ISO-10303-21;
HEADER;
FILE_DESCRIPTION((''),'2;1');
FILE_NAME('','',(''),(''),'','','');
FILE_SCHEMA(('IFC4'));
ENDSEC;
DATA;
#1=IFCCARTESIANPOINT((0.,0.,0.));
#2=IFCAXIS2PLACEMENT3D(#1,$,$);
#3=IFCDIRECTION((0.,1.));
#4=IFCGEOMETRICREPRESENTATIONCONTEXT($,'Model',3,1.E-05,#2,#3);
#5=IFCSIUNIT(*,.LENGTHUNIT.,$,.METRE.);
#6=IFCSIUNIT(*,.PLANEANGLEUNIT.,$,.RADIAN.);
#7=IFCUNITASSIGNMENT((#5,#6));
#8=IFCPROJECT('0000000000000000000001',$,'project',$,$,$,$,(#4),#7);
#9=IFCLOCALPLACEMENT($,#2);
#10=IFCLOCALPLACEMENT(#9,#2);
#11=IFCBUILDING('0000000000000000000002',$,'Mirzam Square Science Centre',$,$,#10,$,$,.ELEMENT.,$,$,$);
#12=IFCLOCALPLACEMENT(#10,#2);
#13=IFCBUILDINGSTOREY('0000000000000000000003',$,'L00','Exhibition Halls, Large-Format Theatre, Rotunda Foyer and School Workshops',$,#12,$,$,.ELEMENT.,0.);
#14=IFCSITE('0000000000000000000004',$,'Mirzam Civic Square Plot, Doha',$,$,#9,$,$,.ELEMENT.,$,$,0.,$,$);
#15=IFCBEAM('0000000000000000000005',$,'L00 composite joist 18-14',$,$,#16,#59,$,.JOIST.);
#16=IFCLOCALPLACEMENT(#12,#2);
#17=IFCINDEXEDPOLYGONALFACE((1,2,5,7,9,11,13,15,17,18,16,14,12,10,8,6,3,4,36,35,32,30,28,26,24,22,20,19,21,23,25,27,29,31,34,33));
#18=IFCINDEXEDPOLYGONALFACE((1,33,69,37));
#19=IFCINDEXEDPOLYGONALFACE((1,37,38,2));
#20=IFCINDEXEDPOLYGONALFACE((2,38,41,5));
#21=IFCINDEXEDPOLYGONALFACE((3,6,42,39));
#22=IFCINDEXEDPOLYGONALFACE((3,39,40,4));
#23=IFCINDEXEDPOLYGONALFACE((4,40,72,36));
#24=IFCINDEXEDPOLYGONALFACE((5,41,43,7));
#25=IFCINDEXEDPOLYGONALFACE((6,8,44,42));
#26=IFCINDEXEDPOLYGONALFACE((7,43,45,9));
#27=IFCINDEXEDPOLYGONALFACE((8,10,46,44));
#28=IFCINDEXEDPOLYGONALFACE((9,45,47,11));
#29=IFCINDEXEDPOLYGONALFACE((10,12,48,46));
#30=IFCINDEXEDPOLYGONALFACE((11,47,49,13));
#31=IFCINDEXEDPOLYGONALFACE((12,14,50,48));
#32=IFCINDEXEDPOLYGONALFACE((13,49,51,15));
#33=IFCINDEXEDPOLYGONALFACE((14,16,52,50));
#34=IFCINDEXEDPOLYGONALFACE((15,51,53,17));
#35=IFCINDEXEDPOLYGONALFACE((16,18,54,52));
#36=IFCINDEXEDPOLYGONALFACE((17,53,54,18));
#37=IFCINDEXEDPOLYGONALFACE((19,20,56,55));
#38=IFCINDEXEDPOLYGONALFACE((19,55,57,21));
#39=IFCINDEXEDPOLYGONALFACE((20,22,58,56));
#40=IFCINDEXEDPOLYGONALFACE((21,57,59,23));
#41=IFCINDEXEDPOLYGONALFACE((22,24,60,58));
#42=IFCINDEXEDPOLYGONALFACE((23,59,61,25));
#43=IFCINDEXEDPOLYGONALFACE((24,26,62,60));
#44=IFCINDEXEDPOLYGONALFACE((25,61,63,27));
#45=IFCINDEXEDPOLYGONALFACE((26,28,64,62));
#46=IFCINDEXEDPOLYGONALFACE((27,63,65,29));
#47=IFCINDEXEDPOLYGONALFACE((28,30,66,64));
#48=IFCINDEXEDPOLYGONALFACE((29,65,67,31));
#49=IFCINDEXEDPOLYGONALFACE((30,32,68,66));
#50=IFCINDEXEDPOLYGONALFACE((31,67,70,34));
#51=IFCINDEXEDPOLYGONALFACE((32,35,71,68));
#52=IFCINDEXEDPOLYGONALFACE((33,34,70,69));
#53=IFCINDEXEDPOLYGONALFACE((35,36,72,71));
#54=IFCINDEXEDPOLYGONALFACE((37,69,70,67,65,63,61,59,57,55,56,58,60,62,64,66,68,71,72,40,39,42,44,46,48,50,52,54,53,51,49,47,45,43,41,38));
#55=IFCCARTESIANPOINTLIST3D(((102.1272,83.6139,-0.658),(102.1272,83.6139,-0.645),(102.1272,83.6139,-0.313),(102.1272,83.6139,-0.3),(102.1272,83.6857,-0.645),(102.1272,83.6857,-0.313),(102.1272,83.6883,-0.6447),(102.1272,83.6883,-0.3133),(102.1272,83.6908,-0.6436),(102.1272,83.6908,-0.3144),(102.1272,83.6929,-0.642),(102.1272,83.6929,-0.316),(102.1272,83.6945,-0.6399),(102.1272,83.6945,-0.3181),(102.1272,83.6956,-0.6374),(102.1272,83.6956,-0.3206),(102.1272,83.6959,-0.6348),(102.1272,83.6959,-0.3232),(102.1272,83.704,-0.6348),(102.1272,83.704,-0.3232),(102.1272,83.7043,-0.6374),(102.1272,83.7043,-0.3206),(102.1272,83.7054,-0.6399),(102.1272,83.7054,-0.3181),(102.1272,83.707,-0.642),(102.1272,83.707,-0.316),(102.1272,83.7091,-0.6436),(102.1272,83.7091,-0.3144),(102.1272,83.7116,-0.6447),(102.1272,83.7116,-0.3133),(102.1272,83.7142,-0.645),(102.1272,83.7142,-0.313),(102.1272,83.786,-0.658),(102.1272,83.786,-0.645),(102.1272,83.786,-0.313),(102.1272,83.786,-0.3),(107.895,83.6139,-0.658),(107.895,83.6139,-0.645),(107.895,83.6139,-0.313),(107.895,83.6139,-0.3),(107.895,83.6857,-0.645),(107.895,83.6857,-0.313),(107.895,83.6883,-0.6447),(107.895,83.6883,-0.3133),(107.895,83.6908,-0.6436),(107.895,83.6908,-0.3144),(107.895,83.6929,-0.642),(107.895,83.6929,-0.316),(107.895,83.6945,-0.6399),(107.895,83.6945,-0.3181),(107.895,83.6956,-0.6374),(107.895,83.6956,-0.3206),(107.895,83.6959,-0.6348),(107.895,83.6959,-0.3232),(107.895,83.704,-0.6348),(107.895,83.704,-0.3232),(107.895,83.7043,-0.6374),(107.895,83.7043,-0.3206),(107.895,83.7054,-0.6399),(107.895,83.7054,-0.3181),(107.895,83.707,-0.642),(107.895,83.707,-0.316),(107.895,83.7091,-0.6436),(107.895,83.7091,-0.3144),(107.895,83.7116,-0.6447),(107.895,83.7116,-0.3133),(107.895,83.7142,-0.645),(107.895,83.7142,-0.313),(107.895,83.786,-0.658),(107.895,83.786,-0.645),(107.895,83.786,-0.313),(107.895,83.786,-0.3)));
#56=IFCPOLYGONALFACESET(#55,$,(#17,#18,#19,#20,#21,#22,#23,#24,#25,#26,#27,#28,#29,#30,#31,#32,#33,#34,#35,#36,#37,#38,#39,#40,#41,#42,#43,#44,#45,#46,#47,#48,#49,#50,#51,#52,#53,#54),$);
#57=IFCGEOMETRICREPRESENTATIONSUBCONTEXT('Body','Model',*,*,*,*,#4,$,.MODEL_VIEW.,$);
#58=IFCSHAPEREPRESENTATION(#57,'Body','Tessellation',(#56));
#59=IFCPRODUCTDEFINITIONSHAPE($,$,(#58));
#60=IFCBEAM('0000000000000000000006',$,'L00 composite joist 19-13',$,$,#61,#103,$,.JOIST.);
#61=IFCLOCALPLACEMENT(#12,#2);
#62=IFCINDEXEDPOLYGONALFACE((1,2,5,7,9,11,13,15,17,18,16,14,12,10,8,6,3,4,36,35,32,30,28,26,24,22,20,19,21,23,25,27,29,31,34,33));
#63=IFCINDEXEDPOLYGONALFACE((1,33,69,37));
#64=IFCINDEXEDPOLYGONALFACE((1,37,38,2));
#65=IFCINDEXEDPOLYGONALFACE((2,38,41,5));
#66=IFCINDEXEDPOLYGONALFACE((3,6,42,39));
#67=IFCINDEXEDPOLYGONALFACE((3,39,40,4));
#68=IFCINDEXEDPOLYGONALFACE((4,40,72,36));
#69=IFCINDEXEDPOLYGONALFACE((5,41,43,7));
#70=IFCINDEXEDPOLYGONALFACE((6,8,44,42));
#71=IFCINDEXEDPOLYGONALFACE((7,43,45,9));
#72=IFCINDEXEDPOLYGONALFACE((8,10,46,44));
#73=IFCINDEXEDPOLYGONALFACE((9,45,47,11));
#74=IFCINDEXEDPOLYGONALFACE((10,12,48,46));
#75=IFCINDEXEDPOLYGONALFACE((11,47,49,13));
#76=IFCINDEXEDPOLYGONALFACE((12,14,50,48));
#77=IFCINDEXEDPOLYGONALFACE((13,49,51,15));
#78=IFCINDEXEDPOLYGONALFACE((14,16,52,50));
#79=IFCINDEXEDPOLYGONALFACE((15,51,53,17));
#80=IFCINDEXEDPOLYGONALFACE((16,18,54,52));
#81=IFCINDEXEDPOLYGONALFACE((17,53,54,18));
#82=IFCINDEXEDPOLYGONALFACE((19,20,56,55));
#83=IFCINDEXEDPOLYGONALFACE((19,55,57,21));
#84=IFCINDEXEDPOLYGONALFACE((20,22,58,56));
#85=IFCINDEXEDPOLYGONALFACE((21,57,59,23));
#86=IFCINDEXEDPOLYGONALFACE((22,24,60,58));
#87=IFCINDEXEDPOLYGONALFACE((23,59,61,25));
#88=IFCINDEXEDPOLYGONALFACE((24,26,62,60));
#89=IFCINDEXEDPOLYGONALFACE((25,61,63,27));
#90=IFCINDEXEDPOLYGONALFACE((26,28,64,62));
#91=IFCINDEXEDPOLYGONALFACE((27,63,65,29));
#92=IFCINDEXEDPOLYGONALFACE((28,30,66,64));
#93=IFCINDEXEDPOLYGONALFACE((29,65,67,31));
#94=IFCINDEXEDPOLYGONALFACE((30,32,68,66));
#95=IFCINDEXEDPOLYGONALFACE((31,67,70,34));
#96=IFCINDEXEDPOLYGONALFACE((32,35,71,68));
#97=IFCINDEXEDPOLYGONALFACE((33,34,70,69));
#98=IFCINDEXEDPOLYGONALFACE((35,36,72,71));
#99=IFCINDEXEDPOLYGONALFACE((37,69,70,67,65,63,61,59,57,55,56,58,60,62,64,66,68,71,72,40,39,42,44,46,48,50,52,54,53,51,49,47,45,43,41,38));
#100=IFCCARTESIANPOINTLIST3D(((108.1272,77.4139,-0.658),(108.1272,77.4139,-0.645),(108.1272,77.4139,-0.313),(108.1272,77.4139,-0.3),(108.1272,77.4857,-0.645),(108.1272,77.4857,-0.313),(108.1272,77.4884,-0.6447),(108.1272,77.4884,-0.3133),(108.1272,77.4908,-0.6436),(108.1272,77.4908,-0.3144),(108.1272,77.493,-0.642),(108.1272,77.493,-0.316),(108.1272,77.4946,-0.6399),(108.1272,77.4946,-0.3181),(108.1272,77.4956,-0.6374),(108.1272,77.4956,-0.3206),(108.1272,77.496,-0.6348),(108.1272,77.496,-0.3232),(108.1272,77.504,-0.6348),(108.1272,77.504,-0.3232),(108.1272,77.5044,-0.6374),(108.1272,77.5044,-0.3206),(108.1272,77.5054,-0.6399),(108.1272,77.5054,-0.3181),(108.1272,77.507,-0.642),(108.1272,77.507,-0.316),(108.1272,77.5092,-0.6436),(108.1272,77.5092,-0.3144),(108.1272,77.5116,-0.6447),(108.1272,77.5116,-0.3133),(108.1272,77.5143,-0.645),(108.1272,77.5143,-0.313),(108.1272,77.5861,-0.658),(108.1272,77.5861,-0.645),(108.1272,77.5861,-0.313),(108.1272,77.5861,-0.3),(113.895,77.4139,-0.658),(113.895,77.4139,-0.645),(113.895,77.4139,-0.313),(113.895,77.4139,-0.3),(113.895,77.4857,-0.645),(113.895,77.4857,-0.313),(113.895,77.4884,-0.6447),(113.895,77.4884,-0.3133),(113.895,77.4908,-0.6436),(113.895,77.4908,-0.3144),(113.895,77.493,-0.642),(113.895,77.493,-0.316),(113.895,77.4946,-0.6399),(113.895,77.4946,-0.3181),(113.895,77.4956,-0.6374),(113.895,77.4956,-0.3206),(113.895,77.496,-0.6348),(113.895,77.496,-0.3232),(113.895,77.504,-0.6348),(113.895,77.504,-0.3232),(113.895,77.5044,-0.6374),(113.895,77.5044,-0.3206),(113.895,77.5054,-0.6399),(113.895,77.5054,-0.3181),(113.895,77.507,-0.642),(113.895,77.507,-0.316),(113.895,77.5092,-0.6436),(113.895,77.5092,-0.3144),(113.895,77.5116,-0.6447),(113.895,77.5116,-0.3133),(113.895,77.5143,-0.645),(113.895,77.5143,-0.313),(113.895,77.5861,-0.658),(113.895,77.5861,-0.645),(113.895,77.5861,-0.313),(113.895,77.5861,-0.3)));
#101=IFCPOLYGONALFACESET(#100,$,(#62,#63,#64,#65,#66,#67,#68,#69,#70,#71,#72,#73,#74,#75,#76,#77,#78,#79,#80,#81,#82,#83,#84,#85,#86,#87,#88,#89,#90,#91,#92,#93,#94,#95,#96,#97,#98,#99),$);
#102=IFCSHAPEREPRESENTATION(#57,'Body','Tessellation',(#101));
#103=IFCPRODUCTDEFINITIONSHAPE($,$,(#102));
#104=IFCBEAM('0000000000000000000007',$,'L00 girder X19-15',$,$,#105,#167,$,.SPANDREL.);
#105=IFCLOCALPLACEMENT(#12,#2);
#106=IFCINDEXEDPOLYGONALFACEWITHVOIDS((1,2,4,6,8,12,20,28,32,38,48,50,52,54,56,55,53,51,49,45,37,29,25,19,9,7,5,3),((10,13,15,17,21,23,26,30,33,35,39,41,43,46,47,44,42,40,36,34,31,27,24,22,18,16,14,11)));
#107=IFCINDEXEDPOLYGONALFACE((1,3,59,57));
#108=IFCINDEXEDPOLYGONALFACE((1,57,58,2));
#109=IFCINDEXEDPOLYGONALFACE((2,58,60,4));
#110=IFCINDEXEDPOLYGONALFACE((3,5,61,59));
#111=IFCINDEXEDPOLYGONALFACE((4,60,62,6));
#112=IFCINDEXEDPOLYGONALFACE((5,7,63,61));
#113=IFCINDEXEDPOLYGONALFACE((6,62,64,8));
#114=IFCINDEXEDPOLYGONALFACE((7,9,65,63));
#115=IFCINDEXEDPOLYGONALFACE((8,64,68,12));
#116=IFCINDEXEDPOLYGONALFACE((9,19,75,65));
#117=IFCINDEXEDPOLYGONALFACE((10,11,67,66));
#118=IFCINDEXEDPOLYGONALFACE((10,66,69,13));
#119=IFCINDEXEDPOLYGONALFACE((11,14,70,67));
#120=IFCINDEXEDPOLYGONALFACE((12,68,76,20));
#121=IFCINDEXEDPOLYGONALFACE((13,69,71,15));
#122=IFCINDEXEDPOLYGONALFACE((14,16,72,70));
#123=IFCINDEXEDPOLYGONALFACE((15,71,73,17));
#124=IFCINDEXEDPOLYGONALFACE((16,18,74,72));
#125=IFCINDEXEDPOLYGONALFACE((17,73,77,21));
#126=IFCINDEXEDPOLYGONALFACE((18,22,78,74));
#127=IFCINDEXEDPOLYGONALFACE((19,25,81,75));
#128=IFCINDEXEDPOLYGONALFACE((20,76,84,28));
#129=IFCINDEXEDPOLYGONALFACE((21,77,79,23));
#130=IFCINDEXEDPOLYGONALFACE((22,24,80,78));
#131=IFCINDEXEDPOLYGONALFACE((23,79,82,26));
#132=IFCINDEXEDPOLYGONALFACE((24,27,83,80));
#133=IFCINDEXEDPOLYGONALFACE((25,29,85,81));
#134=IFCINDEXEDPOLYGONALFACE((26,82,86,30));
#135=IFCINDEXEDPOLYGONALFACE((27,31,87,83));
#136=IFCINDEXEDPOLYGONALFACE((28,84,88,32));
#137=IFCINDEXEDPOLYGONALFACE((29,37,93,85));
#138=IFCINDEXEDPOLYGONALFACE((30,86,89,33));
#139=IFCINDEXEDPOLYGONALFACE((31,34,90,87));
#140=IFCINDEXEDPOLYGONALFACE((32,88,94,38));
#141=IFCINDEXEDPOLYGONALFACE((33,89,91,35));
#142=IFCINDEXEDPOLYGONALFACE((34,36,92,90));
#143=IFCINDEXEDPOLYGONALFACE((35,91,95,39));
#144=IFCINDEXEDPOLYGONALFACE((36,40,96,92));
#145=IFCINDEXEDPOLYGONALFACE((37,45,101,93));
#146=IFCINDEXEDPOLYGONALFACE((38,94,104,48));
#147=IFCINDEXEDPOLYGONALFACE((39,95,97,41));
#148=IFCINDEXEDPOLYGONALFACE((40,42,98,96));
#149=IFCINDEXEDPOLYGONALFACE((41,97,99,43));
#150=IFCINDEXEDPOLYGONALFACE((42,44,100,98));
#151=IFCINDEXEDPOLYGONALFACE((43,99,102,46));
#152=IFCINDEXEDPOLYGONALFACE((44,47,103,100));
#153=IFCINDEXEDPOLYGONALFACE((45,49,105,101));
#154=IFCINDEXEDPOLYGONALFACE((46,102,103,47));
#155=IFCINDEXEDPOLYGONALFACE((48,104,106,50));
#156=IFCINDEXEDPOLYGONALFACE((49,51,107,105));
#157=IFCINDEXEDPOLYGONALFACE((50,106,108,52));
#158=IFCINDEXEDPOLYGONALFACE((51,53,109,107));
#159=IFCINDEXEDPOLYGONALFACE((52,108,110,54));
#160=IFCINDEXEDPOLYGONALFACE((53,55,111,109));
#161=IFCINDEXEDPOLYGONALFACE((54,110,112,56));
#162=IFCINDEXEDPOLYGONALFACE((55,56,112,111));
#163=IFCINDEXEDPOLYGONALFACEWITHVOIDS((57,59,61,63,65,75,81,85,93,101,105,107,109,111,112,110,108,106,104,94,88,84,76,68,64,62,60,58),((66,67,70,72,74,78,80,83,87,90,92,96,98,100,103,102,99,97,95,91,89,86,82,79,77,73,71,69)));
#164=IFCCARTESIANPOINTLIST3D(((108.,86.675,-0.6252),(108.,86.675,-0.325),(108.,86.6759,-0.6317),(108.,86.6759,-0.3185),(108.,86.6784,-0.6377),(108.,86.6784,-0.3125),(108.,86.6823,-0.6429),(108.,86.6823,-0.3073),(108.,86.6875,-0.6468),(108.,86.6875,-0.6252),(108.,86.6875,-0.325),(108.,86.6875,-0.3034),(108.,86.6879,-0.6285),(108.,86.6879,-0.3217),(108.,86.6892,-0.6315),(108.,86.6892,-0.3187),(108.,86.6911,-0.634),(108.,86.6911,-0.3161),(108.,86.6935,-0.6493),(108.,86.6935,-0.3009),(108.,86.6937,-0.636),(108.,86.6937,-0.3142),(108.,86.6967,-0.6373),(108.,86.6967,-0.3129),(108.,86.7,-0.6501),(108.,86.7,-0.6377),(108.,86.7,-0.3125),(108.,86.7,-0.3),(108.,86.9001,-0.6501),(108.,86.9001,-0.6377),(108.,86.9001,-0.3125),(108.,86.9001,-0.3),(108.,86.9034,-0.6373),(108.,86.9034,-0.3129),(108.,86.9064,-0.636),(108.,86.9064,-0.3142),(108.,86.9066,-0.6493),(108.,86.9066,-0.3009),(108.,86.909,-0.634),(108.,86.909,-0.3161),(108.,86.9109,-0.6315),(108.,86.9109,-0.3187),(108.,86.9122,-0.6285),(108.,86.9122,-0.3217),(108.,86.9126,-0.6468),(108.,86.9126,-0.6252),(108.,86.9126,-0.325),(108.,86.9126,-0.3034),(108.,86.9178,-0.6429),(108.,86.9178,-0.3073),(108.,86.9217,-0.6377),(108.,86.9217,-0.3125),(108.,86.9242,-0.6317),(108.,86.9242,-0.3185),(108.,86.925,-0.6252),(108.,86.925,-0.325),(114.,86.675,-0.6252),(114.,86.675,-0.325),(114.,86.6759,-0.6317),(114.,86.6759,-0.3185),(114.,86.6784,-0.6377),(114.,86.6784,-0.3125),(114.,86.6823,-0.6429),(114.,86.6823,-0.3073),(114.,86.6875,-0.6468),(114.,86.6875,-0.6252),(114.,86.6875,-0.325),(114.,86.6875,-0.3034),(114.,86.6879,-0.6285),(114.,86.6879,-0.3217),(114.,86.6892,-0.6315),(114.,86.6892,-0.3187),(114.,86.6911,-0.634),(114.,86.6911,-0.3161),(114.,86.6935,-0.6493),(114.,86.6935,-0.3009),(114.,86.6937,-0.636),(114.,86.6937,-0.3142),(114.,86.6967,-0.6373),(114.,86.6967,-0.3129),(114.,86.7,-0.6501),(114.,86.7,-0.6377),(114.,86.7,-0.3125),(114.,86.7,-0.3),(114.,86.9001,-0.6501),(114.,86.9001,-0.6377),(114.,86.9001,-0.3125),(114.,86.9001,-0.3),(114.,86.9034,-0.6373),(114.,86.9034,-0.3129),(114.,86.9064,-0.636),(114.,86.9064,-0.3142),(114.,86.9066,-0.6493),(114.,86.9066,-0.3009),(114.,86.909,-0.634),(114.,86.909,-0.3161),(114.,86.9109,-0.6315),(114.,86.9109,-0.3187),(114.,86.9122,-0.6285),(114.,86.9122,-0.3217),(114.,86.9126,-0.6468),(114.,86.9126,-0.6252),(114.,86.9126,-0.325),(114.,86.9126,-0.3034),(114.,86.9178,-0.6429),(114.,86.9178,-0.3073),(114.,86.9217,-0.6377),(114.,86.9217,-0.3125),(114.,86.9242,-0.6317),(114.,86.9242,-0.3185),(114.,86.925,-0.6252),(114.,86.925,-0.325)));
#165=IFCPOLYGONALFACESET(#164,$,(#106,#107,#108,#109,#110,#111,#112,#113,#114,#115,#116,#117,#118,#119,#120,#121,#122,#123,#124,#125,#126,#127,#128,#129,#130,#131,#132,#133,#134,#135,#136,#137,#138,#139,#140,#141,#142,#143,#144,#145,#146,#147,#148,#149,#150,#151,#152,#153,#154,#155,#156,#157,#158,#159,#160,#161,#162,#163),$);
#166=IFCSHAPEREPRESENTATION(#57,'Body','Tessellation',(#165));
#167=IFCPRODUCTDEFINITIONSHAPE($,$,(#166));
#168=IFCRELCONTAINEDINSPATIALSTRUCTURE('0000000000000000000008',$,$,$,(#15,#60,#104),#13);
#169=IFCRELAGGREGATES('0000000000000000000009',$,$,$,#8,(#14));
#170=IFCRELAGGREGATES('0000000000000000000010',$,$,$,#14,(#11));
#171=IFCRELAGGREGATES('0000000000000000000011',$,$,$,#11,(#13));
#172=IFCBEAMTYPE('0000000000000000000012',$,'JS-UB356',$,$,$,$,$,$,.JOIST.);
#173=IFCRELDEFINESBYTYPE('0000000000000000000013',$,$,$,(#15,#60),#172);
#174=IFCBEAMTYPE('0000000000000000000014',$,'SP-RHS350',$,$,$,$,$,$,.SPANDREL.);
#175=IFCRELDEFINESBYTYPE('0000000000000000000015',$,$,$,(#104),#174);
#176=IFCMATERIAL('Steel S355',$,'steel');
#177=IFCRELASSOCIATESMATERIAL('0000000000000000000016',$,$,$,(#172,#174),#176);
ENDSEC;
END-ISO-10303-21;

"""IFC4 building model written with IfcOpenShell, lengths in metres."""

from ifc_helpers import new_model, si_unit, direction, frame, origin, origin_2d, place, context, subcontext, project, spatial, hollow_rectangle, i_section, extrude, material, material_profile, profile_set, type_object, element, save


model = new_model("IFC4")

# Units and contexts
model_context = context("Model", 3, precision=1e-05, world=origin(), true_north=direction((0.0, 1.0)))
body_context = subcontext(model_context, "Body", "Model", "MODEL_VIEW")
ifc_project = project(units=[si_unit("LENGTHUNIT", "METRE"), si_unit("PLANEANGLEUNIT", "RADIAN")], contexts=[model_context])

# Site, building, storey
site_placement = place(None, origin())
site = spatial("IfcSite", under=ifc_project, at=site_placement, Name="Mirzam Civic Square Plot, Doha", CompositionType="ELEMENT", RefElevation=0.0)
building_placement = place(site_placement, origin())
building = spatial("IfcBuilding", under=site, at=building_placement, Name="Mirzam Square Science Centre", CompositionType="ELEMENT")
storey_placement = place(building_placement, origin())
storey = spatial("IfcBuildingStorey", under=building, at=storey_placement, Name="L00", Description="Exhibition Halls, Large-Format Theatre, Rotunda Foyer and School Workshops", CompositionType="ELEMENT", Elevation=0.0)

# Shared definitions
ifc_material_1 = material(Name="Steel S355", Category="steel")

# Beams
ifc_material_profile_1 = material_profile(ifc_material_1, i_section(OverallWidth=0.1721, OverallDepth=0.3579, WebThickness=0.0081, FlangeThickness=0.0129, FilletRadius=0.0103, at=origin_2d()), Name="356x171x57UB")
ifc_profile_set_1 = profile_set([ifc_material_profile_1], Name="Steel S355")
beam_type_1 = type_object("IfcBeamType", Name="JS-UB356", PredefinedType="JOIST", material=ifc_profile_set_1)
for number, where, z_axis, x_axis, name in (
    (1, (102.1272, 83.7, -0.479), (1.0, 0.0, 0.0), (0.0, 1.0, 0.0), "L00 composite joist 18-14"),
    (2, (108.1272, 77.5, -0.479), (1.0, 0.0, 0.0), (0.0, 1.0, 0.0), "L00 composite joist 19-13"),
):
    element("IfcBeam", number, at=place(storey_placement, frame(where, z_axis=z_axis, x_axis=x_axis)), inside=storey, type_object=beam_type_1, Name=name, PredefinedType="JOIST", context=body_context, shape_type="SweptSolid", body=[
        extrude(i_section(OverallWidth=0.1721, OverallDepth=0.3579, WebThickness=0.0081, FlangeThickness=0.0129, FilletRadius=0.0103, at=origin_2d()), origin(), (0.0, 0.0, 1.0), 5.7678),
    ])
ifc_material_profile_2 = material_profile(ifc_material_1, hollow_rectangle(XDim=0.25, YDim=0.3501, WallThickness=0.0125, InnerFilletRadius=0.0125, OuterFilletRadius=0.0249, at=origin_2d()), Name="350x250x12.5RHS")
ifc_profile_set_2 = profile_set([ifc_material_profile_2], Name="Steel S355")
beam_type_2 = type_object("IfcBeamType", Name="SP-RHS350", PredefinedType="SPANDREL", material=ifc_profile_set_2)
beam_1_placement = place(storey_placement, frame((108.0, 86.8, -0.4751), z_axis=(1.0, 0.0, 0.0), x_axis=(0.0, 1.0, 0.0)))
element("IfcBeam", 3, at=beam_1_placement, inside=storey, type_object=beam_type_2, Name="L00 girder X19-15", PredefinedType="SPANDREL", context=body_context, shape_type="SweptSolid", body=[
    extrude(hollow_rectangle(XDim=0.25, YDim=0.3501, WallThickness=0.0125, InnerFilletRadius=0.0125, OuterFilletRadius=0.0249, at=origin_2d()), origin(), (0.0, 0.0, 1.0), 6.0),
])

save(model, "model.ifc")
